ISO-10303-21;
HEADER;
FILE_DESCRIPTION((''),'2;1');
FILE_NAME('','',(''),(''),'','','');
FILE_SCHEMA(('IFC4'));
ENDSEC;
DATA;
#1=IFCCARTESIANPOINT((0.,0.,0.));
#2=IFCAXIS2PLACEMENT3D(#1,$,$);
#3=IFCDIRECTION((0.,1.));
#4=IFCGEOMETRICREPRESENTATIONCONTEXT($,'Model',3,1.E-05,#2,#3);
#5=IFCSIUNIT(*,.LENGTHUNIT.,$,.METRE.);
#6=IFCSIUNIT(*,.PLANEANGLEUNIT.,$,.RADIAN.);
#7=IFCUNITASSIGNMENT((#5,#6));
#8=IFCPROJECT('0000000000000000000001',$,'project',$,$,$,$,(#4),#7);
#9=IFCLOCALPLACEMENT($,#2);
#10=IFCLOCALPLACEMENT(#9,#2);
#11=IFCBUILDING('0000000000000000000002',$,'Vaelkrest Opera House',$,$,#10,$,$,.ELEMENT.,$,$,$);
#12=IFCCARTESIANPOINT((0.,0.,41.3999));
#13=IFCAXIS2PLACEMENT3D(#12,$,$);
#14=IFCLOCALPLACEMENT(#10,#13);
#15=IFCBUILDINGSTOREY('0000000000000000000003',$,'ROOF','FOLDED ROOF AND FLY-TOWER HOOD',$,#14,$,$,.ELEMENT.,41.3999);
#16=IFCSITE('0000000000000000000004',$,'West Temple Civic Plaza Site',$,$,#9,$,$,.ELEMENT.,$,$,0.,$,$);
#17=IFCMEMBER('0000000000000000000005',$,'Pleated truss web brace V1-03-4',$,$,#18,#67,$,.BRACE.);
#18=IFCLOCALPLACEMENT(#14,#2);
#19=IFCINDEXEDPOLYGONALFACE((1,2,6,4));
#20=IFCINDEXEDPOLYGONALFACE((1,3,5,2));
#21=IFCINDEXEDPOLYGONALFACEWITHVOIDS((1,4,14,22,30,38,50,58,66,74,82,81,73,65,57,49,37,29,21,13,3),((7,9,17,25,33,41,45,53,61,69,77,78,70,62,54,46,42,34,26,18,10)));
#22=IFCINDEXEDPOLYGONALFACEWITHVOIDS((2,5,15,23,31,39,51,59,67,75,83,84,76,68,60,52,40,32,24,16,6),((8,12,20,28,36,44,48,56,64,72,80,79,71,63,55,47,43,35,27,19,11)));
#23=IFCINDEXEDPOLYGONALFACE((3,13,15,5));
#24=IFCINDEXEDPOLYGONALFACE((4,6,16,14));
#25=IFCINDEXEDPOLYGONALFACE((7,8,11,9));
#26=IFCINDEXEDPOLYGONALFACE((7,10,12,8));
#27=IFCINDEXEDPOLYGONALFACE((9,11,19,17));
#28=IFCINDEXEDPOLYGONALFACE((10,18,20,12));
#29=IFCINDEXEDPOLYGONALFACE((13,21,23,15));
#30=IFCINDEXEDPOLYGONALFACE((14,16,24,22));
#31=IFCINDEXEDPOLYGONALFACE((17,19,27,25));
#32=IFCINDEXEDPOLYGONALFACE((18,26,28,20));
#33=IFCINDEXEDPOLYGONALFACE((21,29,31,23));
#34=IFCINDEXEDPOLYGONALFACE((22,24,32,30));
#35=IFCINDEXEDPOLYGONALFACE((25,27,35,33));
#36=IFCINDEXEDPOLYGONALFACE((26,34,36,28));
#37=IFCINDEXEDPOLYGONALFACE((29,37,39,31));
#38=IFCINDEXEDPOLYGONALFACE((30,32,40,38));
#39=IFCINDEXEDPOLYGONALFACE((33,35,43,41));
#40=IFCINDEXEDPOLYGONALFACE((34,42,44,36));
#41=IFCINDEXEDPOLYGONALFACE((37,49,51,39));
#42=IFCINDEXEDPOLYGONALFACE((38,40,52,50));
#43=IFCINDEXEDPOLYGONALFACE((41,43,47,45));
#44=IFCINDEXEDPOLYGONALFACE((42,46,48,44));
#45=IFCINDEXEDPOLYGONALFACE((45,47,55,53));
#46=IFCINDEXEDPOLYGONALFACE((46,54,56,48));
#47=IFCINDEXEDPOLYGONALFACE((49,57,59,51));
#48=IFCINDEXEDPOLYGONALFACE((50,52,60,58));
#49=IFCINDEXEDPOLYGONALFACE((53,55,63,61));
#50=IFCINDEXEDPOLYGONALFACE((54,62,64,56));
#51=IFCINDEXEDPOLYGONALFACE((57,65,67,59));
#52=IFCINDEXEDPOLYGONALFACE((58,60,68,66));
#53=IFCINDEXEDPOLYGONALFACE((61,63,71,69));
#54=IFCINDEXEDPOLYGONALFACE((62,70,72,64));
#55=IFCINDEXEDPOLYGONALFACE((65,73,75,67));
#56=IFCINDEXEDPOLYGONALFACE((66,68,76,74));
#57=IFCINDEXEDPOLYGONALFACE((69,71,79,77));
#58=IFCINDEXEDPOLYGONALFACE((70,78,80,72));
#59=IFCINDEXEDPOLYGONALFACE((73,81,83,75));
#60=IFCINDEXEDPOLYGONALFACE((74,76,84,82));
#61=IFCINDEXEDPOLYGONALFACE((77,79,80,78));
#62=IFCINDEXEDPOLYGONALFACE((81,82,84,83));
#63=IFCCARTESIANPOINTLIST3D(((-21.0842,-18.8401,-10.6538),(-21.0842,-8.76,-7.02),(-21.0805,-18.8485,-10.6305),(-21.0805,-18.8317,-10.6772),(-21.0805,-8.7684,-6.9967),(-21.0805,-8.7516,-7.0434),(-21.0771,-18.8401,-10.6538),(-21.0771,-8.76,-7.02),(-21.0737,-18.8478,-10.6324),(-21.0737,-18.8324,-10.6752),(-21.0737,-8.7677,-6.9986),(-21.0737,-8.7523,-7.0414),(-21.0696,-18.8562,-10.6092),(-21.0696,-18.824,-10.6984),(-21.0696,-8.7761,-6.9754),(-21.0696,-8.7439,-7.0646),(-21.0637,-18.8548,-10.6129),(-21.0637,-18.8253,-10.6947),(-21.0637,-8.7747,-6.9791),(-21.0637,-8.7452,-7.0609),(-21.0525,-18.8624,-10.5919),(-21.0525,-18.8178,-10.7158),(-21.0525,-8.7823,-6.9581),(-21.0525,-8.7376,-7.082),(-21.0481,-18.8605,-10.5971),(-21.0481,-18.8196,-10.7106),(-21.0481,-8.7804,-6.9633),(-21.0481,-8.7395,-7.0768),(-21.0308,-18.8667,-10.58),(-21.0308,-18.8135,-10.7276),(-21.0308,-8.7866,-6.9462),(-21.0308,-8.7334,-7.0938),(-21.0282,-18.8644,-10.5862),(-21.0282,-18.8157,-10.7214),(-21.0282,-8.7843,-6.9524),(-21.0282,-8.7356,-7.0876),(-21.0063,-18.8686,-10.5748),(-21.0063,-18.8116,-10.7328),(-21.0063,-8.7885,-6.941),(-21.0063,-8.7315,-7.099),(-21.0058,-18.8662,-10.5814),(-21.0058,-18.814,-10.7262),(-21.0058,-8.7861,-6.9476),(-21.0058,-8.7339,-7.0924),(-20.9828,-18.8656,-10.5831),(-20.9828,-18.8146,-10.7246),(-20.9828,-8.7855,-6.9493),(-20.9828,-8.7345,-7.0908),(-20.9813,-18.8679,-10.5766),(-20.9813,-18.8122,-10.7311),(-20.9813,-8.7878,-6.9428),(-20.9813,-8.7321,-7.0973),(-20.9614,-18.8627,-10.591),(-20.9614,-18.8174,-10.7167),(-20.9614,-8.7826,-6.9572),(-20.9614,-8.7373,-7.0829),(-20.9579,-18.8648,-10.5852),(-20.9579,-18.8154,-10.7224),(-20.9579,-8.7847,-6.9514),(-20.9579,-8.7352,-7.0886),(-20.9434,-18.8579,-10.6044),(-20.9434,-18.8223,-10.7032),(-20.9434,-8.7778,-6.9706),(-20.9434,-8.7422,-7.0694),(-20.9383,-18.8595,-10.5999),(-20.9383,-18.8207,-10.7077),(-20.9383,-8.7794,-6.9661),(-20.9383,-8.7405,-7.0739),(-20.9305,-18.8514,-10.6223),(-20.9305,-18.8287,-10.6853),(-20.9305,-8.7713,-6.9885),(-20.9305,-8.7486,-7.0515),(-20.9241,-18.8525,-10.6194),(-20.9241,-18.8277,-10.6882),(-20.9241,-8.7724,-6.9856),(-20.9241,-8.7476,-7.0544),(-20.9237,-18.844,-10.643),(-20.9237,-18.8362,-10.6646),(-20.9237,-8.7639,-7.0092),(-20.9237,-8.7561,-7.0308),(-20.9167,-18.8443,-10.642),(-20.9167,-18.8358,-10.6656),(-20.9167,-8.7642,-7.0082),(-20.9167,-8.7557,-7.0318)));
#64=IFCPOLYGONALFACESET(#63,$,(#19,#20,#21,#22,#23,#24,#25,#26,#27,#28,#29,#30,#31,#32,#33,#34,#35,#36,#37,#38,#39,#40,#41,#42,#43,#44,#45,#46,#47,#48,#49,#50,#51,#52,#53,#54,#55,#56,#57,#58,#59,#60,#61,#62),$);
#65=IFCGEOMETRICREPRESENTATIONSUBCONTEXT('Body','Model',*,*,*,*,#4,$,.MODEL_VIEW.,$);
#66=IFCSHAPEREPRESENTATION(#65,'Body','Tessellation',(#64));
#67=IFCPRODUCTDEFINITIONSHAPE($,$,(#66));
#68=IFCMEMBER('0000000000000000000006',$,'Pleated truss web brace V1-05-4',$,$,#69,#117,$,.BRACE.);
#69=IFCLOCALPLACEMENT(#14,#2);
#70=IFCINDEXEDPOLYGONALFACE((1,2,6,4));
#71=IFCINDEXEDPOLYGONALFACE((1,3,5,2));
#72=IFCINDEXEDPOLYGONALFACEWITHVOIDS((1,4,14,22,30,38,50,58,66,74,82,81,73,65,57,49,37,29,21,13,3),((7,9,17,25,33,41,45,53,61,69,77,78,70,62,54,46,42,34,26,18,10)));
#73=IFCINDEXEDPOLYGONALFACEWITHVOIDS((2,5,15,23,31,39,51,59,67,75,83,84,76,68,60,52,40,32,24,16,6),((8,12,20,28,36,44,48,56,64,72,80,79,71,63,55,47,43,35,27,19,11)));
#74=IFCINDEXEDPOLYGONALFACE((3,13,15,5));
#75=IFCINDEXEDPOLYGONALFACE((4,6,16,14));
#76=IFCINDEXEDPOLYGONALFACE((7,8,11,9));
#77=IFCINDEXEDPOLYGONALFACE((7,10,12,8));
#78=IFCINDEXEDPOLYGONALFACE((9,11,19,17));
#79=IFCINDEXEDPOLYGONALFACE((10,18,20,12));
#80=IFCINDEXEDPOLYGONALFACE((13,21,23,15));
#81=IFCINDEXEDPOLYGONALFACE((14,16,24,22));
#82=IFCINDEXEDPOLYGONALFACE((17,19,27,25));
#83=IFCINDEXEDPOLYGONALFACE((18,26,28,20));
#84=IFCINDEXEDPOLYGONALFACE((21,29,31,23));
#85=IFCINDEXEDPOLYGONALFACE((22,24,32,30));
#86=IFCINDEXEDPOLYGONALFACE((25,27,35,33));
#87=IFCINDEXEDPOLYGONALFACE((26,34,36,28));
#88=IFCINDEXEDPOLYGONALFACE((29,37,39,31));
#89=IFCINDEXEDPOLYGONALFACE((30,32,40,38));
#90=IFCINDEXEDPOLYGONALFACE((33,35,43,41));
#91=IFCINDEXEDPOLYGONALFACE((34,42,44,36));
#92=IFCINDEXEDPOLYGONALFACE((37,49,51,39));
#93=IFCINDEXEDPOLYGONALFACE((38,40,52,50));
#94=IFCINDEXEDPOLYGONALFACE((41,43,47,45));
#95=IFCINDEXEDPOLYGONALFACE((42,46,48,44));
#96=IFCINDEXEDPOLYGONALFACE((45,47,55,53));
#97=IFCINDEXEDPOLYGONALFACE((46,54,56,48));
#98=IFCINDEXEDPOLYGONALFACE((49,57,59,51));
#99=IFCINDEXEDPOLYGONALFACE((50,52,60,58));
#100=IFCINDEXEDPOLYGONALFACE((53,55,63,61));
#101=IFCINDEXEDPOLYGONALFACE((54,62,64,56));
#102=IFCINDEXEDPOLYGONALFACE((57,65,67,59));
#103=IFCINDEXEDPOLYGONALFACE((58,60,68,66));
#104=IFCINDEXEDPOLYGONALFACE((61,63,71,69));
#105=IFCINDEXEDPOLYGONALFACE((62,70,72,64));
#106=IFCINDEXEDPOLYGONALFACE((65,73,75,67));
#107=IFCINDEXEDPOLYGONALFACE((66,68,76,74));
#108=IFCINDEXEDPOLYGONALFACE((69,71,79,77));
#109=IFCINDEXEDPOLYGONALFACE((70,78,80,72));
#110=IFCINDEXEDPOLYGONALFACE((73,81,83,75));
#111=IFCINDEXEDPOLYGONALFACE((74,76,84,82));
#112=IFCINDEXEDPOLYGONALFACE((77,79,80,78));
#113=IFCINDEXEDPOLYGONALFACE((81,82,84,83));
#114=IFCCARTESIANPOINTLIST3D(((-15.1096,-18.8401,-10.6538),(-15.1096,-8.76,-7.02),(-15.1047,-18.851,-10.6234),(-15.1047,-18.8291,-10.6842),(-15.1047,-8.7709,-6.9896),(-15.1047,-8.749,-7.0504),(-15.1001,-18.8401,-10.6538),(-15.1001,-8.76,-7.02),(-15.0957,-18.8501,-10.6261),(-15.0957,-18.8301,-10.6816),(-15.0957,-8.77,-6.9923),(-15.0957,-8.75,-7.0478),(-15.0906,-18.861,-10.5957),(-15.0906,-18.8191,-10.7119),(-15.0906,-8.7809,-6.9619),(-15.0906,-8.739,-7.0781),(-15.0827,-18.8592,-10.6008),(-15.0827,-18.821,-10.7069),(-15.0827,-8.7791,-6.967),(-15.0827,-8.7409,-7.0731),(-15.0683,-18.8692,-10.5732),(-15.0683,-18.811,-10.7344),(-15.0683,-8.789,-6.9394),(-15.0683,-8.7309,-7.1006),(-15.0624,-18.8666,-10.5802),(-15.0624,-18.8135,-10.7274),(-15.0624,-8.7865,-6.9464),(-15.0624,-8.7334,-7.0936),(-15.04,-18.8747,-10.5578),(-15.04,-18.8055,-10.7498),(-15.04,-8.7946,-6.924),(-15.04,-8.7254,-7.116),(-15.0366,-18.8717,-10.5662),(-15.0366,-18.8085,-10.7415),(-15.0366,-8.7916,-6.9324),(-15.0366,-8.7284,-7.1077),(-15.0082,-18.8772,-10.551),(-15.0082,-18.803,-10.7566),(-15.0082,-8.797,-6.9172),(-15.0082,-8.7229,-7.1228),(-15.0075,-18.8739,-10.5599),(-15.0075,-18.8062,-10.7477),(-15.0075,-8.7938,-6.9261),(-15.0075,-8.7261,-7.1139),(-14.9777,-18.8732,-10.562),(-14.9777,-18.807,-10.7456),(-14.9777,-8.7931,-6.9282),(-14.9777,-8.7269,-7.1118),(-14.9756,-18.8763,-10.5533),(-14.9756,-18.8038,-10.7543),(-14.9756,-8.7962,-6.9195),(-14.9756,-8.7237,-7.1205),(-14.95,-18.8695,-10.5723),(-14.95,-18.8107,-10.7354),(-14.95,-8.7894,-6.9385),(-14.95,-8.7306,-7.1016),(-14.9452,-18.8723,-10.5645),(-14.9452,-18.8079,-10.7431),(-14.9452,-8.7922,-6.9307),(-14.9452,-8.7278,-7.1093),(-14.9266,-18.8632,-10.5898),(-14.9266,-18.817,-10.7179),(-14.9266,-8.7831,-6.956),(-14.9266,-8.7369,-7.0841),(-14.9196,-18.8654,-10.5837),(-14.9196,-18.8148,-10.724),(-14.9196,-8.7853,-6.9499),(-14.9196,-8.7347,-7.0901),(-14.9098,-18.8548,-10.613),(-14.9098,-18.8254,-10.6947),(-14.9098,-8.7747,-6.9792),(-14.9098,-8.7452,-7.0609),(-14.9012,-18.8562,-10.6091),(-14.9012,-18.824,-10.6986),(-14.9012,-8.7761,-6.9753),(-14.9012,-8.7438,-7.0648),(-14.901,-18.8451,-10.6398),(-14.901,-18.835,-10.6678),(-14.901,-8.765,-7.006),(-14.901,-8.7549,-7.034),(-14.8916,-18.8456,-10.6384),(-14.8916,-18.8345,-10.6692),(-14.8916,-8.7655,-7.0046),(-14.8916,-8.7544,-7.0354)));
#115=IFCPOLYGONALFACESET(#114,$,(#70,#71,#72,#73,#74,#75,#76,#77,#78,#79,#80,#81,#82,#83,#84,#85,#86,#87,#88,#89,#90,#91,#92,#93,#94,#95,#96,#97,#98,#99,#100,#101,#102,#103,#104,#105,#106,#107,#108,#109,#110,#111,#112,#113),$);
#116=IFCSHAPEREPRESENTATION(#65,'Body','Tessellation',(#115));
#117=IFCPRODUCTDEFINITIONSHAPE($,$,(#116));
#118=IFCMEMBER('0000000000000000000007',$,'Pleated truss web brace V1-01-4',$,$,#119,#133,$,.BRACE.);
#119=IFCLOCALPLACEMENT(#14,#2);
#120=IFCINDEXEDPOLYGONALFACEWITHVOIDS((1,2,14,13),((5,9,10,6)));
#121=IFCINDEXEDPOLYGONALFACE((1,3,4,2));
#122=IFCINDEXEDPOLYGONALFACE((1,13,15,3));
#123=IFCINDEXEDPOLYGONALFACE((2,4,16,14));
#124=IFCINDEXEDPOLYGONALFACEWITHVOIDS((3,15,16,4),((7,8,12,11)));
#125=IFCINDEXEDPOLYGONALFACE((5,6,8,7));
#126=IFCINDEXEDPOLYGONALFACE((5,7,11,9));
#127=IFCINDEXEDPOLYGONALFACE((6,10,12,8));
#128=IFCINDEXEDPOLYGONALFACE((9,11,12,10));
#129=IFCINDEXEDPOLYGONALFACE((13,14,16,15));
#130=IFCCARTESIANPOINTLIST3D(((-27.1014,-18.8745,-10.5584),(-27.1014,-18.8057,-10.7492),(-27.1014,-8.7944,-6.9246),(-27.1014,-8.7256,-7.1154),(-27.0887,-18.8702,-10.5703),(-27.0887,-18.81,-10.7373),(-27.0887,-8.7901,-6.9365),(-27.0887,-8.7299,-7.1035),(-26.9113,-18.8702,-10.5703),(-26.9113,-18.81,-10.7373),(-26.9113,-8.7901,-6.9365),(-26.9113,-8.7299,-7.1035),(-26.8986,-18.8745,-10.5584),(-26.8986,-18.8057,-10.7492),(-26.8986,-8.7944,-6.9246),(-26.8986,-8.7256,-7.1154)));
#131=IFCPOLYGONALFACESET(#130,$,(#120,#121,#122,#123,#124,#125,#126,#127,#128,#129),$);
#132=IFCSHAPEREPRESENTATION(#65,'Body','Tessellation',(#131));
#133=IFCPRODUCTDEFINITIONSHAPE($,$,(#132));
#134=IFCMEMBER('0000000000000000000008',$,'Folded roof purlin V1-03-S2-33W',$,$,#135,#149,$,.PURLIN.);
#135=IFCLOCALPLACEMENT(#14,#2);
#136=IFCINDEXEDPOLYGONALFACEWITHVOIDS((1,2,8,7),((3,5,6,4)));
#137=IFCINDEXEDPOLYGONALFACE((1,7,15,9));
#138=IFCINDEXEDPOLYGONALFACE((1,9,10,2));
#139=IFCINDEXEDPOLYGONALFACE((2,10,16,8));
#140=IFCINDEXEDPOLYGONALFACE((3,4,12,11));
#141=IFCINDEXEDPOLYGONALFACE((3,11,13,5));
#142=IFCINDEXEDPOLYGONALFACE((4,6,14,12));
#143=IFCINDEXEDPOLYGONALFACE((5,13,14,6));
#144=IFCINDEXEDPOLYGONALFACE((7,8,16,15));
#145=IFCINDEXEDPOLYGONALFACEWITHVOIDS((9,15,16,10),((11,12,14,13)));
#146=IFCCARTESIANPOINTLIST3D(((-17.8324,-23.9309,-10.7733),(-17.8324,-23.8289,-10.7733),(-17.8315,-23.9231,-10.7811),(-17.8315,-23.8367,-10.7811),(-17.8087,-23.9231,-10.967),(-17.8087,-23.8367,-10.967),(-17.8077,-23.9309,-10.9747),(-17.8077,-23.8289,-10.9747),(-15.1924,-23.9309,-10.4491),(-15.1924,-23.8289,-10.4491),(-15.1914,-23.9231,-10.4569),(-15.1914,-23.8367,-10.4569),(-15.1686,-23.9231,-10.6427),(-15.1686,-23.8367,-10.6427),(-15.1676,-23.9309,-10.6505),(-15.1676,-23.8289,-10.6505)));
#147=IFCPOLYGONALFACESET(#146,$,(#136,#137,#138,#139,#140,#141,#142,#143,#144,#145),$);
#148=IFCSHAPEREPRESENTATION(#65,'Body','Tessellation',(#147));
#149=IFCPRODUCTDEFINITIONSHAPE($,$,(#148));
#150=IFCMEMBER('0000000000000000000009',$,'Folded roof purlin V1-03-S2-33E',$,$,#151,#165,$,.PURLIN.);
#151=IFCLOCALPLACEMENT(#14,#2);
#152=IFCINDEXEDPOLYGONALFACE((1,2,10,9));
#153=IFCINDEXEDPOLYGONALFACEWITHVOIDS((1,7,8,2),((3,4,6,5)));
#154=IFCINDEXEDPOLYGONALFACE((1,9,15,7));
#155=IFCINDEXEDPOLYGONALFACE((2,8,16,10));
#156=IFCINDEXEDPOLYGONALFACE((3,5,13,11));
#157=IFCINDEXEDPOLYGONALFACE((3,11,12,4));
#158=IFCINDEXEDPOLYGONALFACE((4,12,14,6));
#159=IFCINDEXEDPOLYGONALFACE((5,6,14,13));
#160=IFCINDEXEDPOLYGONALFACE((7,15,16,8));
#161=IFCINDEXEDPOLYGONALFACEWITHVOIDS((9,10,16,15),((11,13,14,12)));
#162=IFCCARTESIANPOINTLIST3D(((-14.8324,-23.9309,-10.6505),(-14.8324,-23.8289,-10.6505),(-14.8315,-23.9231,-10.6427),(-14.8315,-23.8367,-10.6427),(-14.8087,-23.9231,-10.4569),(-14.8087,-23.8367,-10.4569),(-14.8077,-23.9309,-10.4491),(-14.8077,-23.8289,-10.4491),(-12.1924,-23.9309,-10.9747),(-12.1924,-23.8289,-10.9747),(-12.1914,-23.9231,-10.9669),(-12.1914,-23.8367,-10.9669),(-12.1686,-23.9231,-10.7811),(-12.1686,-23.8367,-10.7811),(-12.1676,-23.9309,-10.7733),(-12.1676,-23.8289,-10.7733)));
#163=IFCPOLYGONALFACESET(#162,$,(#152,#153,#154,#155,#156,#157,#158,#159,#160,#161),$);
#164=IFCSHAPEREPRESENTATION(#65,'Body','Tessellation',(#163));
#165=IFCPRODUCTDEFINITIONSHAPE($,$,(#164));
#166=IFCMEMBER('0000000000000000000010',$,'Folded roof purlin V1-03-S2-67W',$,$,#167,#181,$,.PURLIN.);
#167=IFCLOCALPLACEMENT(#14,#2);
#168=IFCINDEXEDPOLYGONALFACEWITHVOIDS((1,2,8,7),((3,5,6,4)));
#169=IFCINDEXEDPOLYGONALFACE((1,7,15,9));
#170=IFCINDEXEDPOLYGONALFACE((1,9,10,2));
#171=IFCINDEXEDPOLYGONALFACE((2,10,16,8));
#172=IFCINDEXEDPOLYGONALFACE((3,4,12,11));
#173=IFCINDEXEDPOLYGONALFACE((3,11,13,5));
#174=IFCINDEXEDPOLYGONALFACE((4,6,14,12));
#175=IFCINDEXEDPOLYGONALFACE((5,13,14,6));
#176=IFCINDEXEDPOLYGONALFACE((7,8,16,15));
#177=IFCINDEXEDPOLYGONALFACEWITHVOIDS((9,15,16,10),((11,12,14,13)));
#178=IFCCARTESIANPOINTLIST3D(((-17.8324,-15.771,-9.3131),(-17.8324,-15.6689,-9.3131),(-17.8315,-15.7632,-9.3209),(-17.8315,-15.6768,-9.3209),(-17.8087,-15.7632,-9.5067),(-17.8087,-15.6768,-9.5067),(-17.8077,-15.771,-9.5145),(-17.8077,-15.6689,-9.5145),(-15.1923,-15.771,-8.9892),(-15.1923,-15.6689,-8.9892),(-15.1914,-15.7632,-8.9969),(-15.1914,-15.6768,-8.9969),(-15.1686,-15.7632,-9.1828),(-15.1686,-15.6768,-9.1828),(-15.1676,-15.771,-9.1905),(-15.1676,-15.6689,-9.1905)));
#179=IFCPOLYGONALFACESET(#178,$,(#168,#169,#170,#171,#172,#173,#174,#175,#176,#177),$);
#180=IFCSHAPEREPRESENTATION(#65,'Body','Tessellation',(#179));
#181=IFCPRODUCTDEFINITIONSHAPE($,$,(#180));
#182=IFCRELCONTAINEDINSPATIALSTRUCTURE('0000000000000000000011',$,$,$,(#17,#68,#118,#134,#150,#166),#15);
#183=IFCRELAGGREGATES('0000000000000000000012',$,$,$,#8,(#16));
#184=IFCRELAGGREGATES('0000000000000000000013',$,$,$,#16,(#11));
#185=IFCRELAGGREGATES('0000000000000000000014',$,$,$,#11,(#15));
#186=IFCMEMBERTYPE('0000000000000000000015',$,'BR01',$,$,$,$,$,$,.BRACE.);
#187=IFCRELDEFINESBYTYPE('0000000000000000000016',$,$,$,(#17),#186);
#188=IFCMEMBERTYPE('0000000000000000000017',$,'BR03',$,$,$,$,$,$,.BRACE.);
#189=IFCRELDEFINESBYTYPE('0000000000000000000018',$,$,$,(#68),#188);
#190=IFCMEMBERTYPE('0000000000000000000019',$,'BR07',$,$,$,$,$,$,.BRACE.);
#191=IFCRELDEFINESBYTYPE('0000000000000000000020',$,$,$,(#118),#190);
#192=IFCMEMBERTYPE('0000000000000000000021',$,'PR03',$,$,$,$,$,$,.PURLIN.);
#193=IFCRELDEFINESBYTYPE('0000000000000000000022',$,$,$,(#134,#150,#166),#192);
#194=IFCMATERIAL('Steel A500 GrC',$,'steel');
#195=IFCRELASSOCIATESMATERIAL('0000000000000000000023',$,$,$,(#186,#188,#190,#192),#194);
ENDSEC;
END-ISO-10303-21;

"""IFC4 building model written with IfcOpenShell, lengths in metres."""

from ifc_helpers import new_model, si_unit, direction, frame, origin, origin_2d, place, context, subcontext, project, spatial, hollow_rectangle, hollow_circle, extrude, material, material_profile, profile_set, type_object, element, save


model = new_model("IFC4")

# Units and contexts
model_context = context("Model", 3, precision=1e-05, world=origin(), true_north=direction((0.0, 1.0)))
body_context = subcontext(model_context, "Body", "Model", "MODEL_VIEW")
ifc_project = project(units=[si_unit("LENGTHUNIT", "METRE"), si_unit("PLANEANGLEUNIT", "RADIAN")], contexts=[model_context])

# Site, building, storey
site_placement = place(None, origin())
site = spatial("IfcSite", under=ifc_project, at=site_placement, Name="West Temple Civic Plaza Site", CompositionType="ELEMENT", RefElevation=0.0)
building_placement = place(site_placement, origin())
building = spatial("IfcBuilding", under=site, at=building_placement, Name="Vaelkrest Opera House", CompositionType="ELEMENT")
storey_placement = place(building_placement, frame((0.0, 0.0, 41.3999)))
storey = spatial("IfcBuildingStorey", under=building, at=storey_placement, Name="ROOF", Description="FOLDED ROOF AND FLY-TOWER HOOD", CompositionType="ELEMENT", Elevation=41.3999)

# Members
ifc_material_1 = material(Name="Steel A500 GrC", Category="steel")
ifc_material_profile_1 = material_profile(ifc_material_1, hollow_circle(Radius=0.0842, WallThickness=0.0071, at=origin_2d()), Name="HSS168.3X7.1")
ifc_profile_set_1 = profile_set([ifc_material_profile_1], Name="Steel A500 GrC")
member_type_1 = type_object("IfcMemberType", Name="BR01", PredefinedType="BRACE", material=ifc_profile_set_1)
member_1_placement = place(storey_placement, frame((-21.0, -18.8401, -10.6538), z_axis=(0.0, 0.94074, 0.339129), x_axis=(-1.0, 0.0, 0.0)))
element("IfcMember", 1, at=member_1_placement, inside=storey, type_object=member_type_1, Name="Pleated truss web brace V1-03-4", PredefinedType="BRACE", context=body_context, shape_type="SweptSolid", body=[
    extrude(hollow_circle(Radius=0.0842, WallThickness=0.0071, at=origin_2d()), origin(), (0.0, 0.0, 1.0), 10.7151),
])
ifc_material_profile_2 = material_profile(ifc_material_1, hollow_circle(Radius=0.1096, WallThickness=0.0095, at=origin_2d()), Name="HSS219.1X9.5")
ifc_profile_set_2 = profile_set([ifc_material_profile_2], Name="Steel A500 GrC")
member_type_2 = type_object("IfcMemberType", Name="BR03", PredefinedType="BRACE", material=ifc_profile_set_2)
member_2_placement = place(storey_placement, frame((-15.0, -18.8401, -10.6538), z_axis=(0.0, 0.94074, 0.339129), x_axis=(-1.0, 0.0, 0.0)))
element("IfcMember", 2, at=member_2_placement, inside=storey, type_object=member_type_2, Name="Pleated truss web brace V1-05-4", PredefinedType="BRACE", context=body_context, shape_type="SweptSolid", body=[
    extrude(hollow_circle(Radius=0.1096, WallThickness=0.0095, at=origin_2d()), origin(), (0.0, 0.0, 1.0), 10.7151),
])
ifc_material_profile_3 = material_profile(ifc_material_1, hollow_rectangle(XDim=0.2029, YDim=0.2029, WallThickness=0.0127, at=origin_2d()), Name="HSS203X203X12.7")
ifc_profile_set_3 = profile_set([ifc_material_profile_3], Name="Steel A500 GrC")
member_type_3 = type_object("IfcMemberType", Name="BR07", PredefinedType="BRACE", material=ifc_profile_set_3)
member_3_placement = place(storey_placement, frame((-27.0, -18.8401, -10.6538), z_axis=(0.0, 0.94074, 0.339129), x_axis=(-1.0, 0.0, 0.0)))
element("IfcMember", 3, at=member_3_placement, inside=storey, type_object=member_type_3, Name="Pleated truss web brace V1-01-4", PredefinedType="BRACE", context=body_context, shape_type="SweptSolid", body=[
    extrude(hollow_rectangle(XDim=0.2029, YDim=0.2029, WallThickness=0.0127, at=origin_2d()), origin(), (0.0, 0.0, 1.0), 10.7151),
])
ifc_material_profile_4 = material_profile(ifc_material_1, hollow_rectangle(XDim=0.1021, YDim=0.2029, WallThickness=0.0078, at=origin_2d()), Name="HSS203X102X8")
ifc_profile_set_4 = profile_set([ifc_material_profile_4], Name="Steel A500 GrC")
member_type_4 = type_object("IfcMemberType", Name="PR03", PredefinedType="PURLIN", material=ifc_profile_set_4)
for number, where, z_axis, x_axis, name in (
    (4, (-17.8201, -23.8799, -10.874), (0.992544, 0.0, 0.121888), (0.0, 1.0, 0.0), "Folded roof purlin V1-03-S2-33W"),
    (5, (-14.8201, -23.8799, -10.5498), (0.992544, 0.0, -0.121888), (0.0, 1.0, 0.0), "Folded roof purlin V1-03-S2-33E"),
    (6, (-17.8201, -15.72, -9.4138), (0.992555, 0.0, 0.121798), (0.0, 1.0, 0.0), "Folded roof purlin V1-03-S2-67W"),
):
    element("IfcMember", number, at=place(storey_placement, frame(where, z_axis=z_axis, x_axis=x_axis)), inside=storey, type_object=member_type_4, Name=name, PredefinedType="PURLIN", context=body_context, shape_type="SweptSolid", body=[
        extrude(hollow_rectangle(XDim=0.1021, YDim=0.2029, WallThickness=0.0078, at=origin_2d()), origin(), (0.0, 0.0, 1.0), 2.6599),
    ])

save(model, "model.ifc")
